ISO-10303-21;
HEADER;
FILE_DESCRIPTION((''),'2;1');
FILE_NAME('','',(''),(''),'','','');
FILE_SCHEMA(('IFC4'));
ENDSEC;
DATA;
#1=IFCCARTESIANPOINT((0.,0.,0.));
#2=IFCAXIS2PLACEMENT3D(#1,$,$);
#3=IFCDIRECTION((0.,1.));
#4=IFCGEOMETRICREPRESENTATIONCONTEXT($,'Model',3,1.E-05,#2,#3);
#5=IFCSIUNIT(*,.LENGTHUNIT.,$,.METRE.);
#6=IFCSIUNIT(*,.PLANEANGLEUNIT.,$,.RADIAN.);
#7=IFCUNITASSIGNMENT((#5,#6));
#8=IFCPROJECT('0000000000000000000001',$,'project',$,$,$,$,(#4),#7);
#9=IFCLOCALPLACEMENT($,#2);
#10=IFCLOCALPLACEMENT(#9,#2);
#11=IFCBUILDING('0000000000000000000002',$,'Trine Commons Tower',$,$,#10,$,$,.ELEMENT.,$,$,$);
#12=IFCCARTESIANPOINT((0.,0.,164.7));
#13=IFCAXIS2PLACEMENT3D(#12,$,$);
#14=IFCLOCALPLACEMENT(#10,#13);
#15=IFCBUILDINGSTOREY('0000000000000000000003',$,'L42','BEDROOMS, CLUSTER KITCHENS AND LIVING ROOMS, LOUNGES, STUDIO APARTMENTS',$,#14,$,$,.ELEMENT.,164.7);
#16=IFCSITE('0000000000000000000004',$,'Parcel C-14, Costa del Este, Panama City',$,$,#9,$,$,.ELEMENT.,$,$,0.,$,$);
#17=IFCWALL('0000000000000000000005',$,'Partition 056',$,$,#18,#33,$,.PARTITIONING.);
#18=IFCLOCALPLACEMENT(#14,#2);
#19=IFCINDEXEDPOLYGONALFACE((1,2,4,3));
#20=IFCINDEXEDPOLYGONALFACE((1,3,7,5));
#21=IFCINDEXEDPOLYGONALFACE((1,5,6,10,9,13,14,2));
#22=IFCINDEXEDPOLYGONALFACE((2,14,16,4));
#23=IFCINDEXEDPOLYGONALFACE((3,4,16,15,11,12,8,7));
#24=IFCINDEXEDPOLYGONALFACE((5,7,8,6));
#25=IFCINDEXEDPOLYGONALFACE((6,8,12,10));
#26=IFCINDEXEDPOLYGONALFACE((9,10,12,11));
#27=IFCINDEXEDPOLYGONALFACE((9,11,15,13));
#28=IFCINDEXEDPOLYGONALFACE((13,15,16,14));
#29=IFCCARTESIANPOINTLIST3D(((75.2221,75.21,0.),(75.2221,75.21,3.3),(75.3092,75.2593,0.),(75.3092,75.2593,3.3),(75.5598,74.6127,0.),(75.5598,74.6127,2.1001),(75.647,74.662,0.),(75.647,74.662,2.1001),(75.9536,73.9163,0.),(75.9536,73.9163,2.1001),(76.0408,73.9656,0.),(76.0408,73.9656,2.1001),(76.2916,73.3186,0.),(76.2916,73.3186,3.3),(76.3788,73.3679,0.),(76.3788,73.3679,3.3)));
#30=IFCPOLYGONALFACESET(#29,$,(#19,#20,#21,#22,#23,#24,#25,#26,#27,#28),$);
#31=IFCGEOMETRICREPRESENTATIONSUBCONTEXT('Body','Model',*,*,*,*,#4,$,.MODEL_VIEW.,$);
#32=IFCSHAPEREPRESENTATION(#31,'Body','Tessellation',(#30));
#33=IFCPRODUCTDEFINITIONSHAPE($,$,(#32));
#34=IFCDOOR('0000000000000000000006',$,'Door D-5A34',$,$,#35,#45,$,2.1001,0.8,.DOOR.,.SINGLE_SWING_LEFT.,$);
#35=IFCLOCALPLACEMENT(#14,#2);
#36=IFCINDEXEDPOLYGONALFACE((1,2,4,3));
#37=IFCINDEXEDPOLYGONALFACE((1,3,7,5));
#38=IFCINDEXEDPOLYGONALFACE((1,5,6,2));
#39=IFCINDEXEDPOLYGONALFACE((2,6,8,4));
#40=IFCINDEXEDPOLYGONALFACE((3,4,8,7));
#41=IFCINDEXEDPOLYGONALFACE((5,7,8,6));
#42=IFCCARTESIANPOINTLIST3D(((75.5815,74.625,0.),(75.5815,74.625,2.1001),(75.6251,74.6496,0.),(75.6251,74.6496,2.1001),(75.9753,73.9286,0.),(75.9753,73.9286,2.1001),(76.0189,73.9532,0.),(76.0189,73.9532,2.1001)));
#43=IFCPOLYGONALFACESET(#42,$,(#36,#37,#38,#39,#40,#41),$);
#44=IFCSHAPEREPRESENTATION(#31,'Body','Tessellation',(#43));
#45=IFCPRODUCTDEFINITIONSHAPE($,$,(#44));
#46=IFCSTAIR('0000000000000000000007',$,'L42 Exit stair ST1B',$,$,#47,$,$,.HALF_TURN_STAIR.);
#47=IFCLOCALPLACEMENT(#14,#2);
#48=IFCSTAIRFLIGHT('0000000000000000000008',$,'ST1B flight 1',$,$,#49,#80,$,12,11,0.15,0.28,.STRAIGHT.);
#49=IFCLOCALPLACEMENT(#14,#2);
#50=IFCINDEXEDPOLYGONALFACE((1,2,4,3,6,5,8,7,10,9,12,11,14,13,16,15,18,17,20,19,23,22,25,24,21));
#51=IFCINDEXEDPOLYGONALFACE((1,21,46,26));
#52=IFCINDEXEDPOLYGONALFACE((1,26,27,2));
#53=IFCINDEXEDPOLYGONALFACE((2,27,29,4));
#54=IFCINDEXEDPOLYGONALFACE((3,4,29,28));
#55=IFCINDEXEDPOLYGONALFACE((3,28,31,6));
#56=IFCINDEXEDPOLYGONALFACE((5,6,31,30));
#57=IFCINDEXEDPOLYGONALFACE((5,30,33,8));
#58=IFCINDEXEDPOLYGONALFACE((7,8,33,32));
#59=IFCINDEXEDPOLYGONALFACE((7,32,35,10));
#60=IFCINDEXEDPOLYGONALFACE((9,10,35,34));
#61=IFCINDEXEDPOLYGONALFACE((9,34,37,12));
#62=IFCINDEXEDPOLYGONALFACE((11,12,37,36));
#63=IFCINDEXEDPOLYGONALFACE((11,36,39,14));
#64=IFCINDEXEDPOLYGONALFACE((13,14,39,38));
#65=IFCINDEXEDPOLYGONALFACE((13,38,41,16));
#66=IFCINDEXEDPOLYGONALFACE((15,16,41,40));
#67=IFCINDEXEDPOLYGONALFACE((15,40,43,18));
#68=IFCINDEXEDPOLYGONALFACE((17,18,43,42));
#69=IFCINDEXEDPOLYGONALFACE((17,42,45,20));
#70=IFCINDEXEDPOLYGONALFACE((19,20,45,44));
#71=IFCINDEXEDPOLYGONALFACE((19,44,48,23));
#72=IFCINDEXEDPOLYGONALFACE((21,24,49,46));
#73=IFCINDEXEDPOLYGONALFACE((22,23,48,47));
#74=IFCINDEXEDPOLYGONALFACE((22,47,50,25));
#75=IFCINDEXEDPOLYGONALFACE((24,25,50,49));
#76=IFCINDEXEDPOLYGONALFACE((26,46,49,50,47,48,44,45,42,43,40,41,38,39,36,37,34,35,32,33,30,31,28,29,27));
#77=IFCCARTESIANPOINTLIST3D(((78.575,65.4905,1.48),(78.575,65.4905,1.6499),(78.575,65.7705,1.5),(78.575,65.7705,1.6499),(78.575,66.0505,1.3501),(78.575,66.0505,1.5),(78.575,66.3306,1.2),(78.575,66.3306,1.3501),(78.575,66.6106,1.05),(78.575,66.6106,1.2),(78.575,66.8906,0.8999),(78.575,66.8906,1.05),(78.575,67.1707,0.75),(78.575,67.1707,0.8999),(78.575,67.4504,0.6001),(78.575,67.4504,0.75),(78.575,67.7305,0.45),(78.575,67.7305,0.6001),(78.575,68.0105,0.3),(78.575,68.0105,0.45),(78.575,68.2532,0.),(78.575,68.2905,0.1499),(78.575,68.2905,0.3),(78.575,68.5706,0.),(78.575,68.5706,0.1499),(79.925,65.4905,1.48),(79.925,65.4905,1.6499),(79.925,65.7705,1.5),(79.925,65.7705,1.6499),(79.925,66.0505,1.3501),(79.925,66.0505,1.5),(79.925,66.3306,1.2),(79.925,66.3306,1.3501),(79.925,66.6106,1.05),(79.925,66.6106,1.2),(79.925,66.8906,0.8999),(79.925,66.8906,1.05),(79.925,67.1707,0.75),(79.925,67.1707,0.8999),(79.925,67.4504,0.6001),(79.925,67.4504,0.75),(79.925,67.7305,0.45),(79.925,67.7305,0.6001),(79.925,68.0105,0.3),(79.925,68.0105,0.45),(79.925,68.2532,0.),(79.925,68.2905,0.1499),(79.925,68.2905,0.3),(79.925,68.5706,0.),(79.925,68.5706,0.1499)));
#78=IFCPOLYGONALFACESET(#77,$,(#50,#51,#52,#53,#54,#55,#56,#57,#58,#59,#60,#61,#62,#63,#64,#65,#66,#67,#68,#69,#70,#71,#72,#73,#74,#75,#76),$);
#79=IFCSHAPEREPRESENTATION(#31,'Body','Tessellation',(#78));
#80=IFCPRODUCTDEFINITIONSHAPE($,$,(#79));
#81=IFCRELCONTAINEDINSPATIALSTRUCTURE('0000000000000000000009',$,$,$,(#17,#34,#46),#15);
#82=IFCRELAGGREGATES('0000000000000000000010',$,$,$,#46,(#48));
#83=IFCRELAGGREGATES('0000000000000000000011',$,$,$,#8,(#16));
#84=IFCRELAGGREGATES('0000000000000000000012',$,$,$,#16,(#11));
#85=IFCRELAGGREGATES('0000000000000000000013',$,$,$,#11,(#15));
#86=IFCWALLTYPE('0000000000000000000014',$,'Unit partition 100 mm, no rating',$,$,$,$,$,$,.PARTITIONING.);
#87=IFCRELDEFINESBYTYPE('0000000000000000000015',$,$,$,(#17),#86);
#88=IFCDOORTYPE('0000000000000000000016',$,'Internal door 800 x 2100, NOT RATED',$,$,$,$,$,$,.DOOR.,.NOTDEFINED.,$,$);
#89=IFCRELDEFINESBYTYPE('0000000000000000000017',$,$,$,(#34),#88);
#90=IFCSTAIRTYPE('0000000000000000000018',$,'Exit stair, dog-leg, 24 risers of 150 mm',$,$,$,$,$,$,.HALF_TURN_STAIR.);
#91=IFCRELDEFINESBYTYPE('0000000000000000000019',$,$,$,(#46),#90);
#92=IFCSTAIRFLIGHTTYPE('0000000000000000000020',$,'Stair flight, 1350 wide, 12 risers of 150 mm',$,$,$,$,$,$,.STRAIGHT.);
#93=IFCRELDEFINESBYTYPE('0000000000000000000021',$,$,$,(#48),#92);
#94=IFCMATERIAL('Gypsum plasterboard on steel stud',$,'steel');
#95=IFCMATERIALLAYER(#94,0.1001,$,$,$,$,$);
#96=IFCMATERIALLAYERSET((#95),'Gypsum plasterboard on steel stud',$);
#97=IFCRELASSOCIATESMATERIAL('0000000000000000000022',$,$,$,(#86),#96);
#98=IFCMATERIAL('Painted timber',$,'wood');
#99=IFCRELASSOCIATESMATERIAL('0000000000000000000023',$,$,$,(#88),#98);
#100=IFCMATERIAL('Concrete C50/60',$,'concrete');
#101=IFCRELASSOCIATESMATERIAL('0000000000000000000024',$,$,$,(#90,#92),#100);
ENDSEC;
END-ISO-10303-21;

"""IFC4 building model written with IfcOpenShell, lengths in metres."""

from ifc_helpers import new_model, si_unit, direction, frame, frame_2d, origin, place, context, subcontext, project, spatial, polyline, rectangle, outline, extrude, material, layer, layer_set, type_object, element, fill, aggregate, save


model = new_model("IFC4")

# Units and contexts
model_context = context("Model", 3, precision=1e-05, world=origin(), true_north=direction((0.0, 1.0)))
body_context = subcontext(model_context, "Body", "Model", "MODEL_VIEW")
ifc_project = project(units=[si_unit("LENGTHUNIT", "METRE"), si_unit("PLANEANGLEUNIT", "RADIAN")], contexts=[model_context])

# Site, building, storey
site_placement = place(None, origin())
site = spatial("IfcSite", under=ifc_project, at=site_placement, Name="Parcel C-14, Costa del Este, Panama City", CompositionType="ELEMENT", RefElevation=0.0)
building_placement = place(site_placement, origin())
building = spatial("IfcBuilding", under=site, at=building_placement, Name="Trine Commons Tower", CompositionType="ELEMENT")
storey_placement = place(building_placement, frame((0.0, 0.0, 164.7)))
storey = spatial("IfcBuildingStorey", under=building, at=storey_placement, Name="L42", Description="BEDROOMS, CLUSTER KITCHENS AND LIVING ROOMS, LOUNGES, STUDIO APARTMENTS", CompositionType="ELEMENT", Elevation=164.7)

# Shared definitions
ifc_material_1 = material(Name="Gypsum plasterboard on steel stud", Category="steel")

# Shared definitions
ifc_layer_1 = layer(ifc_material_1, 0.1001)
ifc_layer_set_1 = layer_set([ifc_layer_1], Name="Gypsum plasterboard on steel stud")
wall_type_1 = type_object("IfcWallType", Name="Unit partition 100 mm, no rating", PredefinedType="PARTITIONING", material=ifc_layer_set_1)
ifc_material_2 = material(Name="Painted timber", Category="wood")
door_type_1 = type_object("IfcDoorType", Name="Internal door 800 x 2100, NOT RATED", OperationType="NOTDEFINED", PredefinedType="DOOR", material=ifc_material_2)

# Wall, opening, door
wall_1_placement = place(storey_placement, frame((75.2656, 75.2346, 0.0), z_axis=(0.0, 0.0, 1.0), x_axis=(0.49225, -0.870454, 0.0)))
wall_1 = element("IfcWall", 1, at=wall_1_placement, inside=storey, type_object=wall_type_1, Name="Partition 056", PredefinedType="PARTITIONING", context=body_context, shape_type="SweptSolid", body=[
    extrude(rectangle(XDim=2.1729, YDim=0.1001, at=frame_2d((1.0864, 0.0))), origin(), (0.0, 0.0, 1.0), 3.3),
])
opening_1_placement = place(wall_1_placement, frame((0.6863, 0.0, 0.0)))
opening_1 = element("IfcOpeningElement", 2, at=opening_1_placement, cuts=wall_1, PredefinedType="OPENING", context=body_context, shape_type="SweptSolid", body=[
    extrude(rectangle(XDim=0.8, YDim=2.1001, at=frame_2d((0.3999, 1.05))), frame((0.0, 0.0601, 0.0), z_axis=(0.0, -1.0, 0.0), x_axis=(1.0, 0.0, 0.0)), (0.0, 0.0, 1.0), 0.1201),
])
door_1_placement = place(opening_1_placement, origin())
door_1 = element("IfcDoor", 3, at=door_1_placement, inside=storey, type_object=door_type_1, Name="Door D-5A34", OperationType="SINGLE_SWING_LEFT", OverallHeight=2.1001, OverallWidth=0.8, PredefinedType="DOOR", context=body_context, shape_type="SweptSolid", body=[
    extrude(rectangle(XDim=0.8, YDim=2.1001, at=frame_2d((0.3999, 1.05))), frame((0.0, 0.0249, 0.0), z_axis=(0.0, -1.0, 0.0), x_axis=(1.0, 0.0, 0.0)), (0.0, 0.0, 1.0), 0.05),
])
fill(opening_1, door_1)

# Stair, stair flight
ifc_material_3 = material(Name="Concrete C50/60", Category="concrete")
stair_type = type_object("IfcStairType", Name="Exit stair, dog-leg, 24 risers of 150 mm", PredefinedType="HALF_TURN_STAIR", material=ifc_material_3)
stair_placement = place(storey_placement, origin())
stair = element("IfcStair", 4, at=stair_placement, inside=storey, type_object=stair_type, Name="L42 Exit stair ST1B", PredefinedType="HALF_TURN_STAIR")
stair_flight_type = type_object("IfcStairFlightType", Name="Stair flight, 1350 wide, 12 risers of 150 mm", PredefinedType="STRAIGHT", material=ifc_material_3)
stair_flight_placement = place(storey_placement, frame((79.25, 68.5706, 0.0), z_axis=(0.0, 0.0, 1.0), x_axis=(0.0, -1.0, 0.0)))
stair_flight = element("IfcStairFlight", 5, at=stair_flight_placement, type_object=stair_flight_type, Name="ST1B flight 1", NumberOfRisers=12, NumberOfTreads=11, PredefinedType="STRAIGHT", RiserHeight=0.15, TreadLength=0.28, context=body_context, shape_type="SweptSolid", body=[
    extrude(outline(polyline([(0.0, 0.0), (0.0, 0.1499), (0.28, 0.1499), (0.28, 0.3), (0.5601, 0.3), (0.5601, 0.45), (0.8401, 0.45), (0.8401, 0.6001), (1.1201, 0.6001), (1.1201, 0.75), (1.3999, 0.75), (1.3999, 0.8999), (1.6799, 0.8999), (1.6799, 1.05), (1.96, 1.05), (1.96, 1.2), (2.24, 1.2), (2.24, 1.3501), (2.52, 1.3501), (2.52, 1.5), (2.8, 1.5), (2.8, 1.6499), (3.0801, 1.6499), (3.0801, 1.8), (3.0801, 1.48), (0.3174, 0.0), (0.0, 0.0)])), frame((0.0, 0.675, 0.0), z_axis=(0.0, -1.0, 0.0), x_axis=(1.0, 0.0, 0.0)), (0.0, 0.0, 1.0), 1.3501),
])
aggregate(stair, [stair_flight])

save(model, "model.ifc")
